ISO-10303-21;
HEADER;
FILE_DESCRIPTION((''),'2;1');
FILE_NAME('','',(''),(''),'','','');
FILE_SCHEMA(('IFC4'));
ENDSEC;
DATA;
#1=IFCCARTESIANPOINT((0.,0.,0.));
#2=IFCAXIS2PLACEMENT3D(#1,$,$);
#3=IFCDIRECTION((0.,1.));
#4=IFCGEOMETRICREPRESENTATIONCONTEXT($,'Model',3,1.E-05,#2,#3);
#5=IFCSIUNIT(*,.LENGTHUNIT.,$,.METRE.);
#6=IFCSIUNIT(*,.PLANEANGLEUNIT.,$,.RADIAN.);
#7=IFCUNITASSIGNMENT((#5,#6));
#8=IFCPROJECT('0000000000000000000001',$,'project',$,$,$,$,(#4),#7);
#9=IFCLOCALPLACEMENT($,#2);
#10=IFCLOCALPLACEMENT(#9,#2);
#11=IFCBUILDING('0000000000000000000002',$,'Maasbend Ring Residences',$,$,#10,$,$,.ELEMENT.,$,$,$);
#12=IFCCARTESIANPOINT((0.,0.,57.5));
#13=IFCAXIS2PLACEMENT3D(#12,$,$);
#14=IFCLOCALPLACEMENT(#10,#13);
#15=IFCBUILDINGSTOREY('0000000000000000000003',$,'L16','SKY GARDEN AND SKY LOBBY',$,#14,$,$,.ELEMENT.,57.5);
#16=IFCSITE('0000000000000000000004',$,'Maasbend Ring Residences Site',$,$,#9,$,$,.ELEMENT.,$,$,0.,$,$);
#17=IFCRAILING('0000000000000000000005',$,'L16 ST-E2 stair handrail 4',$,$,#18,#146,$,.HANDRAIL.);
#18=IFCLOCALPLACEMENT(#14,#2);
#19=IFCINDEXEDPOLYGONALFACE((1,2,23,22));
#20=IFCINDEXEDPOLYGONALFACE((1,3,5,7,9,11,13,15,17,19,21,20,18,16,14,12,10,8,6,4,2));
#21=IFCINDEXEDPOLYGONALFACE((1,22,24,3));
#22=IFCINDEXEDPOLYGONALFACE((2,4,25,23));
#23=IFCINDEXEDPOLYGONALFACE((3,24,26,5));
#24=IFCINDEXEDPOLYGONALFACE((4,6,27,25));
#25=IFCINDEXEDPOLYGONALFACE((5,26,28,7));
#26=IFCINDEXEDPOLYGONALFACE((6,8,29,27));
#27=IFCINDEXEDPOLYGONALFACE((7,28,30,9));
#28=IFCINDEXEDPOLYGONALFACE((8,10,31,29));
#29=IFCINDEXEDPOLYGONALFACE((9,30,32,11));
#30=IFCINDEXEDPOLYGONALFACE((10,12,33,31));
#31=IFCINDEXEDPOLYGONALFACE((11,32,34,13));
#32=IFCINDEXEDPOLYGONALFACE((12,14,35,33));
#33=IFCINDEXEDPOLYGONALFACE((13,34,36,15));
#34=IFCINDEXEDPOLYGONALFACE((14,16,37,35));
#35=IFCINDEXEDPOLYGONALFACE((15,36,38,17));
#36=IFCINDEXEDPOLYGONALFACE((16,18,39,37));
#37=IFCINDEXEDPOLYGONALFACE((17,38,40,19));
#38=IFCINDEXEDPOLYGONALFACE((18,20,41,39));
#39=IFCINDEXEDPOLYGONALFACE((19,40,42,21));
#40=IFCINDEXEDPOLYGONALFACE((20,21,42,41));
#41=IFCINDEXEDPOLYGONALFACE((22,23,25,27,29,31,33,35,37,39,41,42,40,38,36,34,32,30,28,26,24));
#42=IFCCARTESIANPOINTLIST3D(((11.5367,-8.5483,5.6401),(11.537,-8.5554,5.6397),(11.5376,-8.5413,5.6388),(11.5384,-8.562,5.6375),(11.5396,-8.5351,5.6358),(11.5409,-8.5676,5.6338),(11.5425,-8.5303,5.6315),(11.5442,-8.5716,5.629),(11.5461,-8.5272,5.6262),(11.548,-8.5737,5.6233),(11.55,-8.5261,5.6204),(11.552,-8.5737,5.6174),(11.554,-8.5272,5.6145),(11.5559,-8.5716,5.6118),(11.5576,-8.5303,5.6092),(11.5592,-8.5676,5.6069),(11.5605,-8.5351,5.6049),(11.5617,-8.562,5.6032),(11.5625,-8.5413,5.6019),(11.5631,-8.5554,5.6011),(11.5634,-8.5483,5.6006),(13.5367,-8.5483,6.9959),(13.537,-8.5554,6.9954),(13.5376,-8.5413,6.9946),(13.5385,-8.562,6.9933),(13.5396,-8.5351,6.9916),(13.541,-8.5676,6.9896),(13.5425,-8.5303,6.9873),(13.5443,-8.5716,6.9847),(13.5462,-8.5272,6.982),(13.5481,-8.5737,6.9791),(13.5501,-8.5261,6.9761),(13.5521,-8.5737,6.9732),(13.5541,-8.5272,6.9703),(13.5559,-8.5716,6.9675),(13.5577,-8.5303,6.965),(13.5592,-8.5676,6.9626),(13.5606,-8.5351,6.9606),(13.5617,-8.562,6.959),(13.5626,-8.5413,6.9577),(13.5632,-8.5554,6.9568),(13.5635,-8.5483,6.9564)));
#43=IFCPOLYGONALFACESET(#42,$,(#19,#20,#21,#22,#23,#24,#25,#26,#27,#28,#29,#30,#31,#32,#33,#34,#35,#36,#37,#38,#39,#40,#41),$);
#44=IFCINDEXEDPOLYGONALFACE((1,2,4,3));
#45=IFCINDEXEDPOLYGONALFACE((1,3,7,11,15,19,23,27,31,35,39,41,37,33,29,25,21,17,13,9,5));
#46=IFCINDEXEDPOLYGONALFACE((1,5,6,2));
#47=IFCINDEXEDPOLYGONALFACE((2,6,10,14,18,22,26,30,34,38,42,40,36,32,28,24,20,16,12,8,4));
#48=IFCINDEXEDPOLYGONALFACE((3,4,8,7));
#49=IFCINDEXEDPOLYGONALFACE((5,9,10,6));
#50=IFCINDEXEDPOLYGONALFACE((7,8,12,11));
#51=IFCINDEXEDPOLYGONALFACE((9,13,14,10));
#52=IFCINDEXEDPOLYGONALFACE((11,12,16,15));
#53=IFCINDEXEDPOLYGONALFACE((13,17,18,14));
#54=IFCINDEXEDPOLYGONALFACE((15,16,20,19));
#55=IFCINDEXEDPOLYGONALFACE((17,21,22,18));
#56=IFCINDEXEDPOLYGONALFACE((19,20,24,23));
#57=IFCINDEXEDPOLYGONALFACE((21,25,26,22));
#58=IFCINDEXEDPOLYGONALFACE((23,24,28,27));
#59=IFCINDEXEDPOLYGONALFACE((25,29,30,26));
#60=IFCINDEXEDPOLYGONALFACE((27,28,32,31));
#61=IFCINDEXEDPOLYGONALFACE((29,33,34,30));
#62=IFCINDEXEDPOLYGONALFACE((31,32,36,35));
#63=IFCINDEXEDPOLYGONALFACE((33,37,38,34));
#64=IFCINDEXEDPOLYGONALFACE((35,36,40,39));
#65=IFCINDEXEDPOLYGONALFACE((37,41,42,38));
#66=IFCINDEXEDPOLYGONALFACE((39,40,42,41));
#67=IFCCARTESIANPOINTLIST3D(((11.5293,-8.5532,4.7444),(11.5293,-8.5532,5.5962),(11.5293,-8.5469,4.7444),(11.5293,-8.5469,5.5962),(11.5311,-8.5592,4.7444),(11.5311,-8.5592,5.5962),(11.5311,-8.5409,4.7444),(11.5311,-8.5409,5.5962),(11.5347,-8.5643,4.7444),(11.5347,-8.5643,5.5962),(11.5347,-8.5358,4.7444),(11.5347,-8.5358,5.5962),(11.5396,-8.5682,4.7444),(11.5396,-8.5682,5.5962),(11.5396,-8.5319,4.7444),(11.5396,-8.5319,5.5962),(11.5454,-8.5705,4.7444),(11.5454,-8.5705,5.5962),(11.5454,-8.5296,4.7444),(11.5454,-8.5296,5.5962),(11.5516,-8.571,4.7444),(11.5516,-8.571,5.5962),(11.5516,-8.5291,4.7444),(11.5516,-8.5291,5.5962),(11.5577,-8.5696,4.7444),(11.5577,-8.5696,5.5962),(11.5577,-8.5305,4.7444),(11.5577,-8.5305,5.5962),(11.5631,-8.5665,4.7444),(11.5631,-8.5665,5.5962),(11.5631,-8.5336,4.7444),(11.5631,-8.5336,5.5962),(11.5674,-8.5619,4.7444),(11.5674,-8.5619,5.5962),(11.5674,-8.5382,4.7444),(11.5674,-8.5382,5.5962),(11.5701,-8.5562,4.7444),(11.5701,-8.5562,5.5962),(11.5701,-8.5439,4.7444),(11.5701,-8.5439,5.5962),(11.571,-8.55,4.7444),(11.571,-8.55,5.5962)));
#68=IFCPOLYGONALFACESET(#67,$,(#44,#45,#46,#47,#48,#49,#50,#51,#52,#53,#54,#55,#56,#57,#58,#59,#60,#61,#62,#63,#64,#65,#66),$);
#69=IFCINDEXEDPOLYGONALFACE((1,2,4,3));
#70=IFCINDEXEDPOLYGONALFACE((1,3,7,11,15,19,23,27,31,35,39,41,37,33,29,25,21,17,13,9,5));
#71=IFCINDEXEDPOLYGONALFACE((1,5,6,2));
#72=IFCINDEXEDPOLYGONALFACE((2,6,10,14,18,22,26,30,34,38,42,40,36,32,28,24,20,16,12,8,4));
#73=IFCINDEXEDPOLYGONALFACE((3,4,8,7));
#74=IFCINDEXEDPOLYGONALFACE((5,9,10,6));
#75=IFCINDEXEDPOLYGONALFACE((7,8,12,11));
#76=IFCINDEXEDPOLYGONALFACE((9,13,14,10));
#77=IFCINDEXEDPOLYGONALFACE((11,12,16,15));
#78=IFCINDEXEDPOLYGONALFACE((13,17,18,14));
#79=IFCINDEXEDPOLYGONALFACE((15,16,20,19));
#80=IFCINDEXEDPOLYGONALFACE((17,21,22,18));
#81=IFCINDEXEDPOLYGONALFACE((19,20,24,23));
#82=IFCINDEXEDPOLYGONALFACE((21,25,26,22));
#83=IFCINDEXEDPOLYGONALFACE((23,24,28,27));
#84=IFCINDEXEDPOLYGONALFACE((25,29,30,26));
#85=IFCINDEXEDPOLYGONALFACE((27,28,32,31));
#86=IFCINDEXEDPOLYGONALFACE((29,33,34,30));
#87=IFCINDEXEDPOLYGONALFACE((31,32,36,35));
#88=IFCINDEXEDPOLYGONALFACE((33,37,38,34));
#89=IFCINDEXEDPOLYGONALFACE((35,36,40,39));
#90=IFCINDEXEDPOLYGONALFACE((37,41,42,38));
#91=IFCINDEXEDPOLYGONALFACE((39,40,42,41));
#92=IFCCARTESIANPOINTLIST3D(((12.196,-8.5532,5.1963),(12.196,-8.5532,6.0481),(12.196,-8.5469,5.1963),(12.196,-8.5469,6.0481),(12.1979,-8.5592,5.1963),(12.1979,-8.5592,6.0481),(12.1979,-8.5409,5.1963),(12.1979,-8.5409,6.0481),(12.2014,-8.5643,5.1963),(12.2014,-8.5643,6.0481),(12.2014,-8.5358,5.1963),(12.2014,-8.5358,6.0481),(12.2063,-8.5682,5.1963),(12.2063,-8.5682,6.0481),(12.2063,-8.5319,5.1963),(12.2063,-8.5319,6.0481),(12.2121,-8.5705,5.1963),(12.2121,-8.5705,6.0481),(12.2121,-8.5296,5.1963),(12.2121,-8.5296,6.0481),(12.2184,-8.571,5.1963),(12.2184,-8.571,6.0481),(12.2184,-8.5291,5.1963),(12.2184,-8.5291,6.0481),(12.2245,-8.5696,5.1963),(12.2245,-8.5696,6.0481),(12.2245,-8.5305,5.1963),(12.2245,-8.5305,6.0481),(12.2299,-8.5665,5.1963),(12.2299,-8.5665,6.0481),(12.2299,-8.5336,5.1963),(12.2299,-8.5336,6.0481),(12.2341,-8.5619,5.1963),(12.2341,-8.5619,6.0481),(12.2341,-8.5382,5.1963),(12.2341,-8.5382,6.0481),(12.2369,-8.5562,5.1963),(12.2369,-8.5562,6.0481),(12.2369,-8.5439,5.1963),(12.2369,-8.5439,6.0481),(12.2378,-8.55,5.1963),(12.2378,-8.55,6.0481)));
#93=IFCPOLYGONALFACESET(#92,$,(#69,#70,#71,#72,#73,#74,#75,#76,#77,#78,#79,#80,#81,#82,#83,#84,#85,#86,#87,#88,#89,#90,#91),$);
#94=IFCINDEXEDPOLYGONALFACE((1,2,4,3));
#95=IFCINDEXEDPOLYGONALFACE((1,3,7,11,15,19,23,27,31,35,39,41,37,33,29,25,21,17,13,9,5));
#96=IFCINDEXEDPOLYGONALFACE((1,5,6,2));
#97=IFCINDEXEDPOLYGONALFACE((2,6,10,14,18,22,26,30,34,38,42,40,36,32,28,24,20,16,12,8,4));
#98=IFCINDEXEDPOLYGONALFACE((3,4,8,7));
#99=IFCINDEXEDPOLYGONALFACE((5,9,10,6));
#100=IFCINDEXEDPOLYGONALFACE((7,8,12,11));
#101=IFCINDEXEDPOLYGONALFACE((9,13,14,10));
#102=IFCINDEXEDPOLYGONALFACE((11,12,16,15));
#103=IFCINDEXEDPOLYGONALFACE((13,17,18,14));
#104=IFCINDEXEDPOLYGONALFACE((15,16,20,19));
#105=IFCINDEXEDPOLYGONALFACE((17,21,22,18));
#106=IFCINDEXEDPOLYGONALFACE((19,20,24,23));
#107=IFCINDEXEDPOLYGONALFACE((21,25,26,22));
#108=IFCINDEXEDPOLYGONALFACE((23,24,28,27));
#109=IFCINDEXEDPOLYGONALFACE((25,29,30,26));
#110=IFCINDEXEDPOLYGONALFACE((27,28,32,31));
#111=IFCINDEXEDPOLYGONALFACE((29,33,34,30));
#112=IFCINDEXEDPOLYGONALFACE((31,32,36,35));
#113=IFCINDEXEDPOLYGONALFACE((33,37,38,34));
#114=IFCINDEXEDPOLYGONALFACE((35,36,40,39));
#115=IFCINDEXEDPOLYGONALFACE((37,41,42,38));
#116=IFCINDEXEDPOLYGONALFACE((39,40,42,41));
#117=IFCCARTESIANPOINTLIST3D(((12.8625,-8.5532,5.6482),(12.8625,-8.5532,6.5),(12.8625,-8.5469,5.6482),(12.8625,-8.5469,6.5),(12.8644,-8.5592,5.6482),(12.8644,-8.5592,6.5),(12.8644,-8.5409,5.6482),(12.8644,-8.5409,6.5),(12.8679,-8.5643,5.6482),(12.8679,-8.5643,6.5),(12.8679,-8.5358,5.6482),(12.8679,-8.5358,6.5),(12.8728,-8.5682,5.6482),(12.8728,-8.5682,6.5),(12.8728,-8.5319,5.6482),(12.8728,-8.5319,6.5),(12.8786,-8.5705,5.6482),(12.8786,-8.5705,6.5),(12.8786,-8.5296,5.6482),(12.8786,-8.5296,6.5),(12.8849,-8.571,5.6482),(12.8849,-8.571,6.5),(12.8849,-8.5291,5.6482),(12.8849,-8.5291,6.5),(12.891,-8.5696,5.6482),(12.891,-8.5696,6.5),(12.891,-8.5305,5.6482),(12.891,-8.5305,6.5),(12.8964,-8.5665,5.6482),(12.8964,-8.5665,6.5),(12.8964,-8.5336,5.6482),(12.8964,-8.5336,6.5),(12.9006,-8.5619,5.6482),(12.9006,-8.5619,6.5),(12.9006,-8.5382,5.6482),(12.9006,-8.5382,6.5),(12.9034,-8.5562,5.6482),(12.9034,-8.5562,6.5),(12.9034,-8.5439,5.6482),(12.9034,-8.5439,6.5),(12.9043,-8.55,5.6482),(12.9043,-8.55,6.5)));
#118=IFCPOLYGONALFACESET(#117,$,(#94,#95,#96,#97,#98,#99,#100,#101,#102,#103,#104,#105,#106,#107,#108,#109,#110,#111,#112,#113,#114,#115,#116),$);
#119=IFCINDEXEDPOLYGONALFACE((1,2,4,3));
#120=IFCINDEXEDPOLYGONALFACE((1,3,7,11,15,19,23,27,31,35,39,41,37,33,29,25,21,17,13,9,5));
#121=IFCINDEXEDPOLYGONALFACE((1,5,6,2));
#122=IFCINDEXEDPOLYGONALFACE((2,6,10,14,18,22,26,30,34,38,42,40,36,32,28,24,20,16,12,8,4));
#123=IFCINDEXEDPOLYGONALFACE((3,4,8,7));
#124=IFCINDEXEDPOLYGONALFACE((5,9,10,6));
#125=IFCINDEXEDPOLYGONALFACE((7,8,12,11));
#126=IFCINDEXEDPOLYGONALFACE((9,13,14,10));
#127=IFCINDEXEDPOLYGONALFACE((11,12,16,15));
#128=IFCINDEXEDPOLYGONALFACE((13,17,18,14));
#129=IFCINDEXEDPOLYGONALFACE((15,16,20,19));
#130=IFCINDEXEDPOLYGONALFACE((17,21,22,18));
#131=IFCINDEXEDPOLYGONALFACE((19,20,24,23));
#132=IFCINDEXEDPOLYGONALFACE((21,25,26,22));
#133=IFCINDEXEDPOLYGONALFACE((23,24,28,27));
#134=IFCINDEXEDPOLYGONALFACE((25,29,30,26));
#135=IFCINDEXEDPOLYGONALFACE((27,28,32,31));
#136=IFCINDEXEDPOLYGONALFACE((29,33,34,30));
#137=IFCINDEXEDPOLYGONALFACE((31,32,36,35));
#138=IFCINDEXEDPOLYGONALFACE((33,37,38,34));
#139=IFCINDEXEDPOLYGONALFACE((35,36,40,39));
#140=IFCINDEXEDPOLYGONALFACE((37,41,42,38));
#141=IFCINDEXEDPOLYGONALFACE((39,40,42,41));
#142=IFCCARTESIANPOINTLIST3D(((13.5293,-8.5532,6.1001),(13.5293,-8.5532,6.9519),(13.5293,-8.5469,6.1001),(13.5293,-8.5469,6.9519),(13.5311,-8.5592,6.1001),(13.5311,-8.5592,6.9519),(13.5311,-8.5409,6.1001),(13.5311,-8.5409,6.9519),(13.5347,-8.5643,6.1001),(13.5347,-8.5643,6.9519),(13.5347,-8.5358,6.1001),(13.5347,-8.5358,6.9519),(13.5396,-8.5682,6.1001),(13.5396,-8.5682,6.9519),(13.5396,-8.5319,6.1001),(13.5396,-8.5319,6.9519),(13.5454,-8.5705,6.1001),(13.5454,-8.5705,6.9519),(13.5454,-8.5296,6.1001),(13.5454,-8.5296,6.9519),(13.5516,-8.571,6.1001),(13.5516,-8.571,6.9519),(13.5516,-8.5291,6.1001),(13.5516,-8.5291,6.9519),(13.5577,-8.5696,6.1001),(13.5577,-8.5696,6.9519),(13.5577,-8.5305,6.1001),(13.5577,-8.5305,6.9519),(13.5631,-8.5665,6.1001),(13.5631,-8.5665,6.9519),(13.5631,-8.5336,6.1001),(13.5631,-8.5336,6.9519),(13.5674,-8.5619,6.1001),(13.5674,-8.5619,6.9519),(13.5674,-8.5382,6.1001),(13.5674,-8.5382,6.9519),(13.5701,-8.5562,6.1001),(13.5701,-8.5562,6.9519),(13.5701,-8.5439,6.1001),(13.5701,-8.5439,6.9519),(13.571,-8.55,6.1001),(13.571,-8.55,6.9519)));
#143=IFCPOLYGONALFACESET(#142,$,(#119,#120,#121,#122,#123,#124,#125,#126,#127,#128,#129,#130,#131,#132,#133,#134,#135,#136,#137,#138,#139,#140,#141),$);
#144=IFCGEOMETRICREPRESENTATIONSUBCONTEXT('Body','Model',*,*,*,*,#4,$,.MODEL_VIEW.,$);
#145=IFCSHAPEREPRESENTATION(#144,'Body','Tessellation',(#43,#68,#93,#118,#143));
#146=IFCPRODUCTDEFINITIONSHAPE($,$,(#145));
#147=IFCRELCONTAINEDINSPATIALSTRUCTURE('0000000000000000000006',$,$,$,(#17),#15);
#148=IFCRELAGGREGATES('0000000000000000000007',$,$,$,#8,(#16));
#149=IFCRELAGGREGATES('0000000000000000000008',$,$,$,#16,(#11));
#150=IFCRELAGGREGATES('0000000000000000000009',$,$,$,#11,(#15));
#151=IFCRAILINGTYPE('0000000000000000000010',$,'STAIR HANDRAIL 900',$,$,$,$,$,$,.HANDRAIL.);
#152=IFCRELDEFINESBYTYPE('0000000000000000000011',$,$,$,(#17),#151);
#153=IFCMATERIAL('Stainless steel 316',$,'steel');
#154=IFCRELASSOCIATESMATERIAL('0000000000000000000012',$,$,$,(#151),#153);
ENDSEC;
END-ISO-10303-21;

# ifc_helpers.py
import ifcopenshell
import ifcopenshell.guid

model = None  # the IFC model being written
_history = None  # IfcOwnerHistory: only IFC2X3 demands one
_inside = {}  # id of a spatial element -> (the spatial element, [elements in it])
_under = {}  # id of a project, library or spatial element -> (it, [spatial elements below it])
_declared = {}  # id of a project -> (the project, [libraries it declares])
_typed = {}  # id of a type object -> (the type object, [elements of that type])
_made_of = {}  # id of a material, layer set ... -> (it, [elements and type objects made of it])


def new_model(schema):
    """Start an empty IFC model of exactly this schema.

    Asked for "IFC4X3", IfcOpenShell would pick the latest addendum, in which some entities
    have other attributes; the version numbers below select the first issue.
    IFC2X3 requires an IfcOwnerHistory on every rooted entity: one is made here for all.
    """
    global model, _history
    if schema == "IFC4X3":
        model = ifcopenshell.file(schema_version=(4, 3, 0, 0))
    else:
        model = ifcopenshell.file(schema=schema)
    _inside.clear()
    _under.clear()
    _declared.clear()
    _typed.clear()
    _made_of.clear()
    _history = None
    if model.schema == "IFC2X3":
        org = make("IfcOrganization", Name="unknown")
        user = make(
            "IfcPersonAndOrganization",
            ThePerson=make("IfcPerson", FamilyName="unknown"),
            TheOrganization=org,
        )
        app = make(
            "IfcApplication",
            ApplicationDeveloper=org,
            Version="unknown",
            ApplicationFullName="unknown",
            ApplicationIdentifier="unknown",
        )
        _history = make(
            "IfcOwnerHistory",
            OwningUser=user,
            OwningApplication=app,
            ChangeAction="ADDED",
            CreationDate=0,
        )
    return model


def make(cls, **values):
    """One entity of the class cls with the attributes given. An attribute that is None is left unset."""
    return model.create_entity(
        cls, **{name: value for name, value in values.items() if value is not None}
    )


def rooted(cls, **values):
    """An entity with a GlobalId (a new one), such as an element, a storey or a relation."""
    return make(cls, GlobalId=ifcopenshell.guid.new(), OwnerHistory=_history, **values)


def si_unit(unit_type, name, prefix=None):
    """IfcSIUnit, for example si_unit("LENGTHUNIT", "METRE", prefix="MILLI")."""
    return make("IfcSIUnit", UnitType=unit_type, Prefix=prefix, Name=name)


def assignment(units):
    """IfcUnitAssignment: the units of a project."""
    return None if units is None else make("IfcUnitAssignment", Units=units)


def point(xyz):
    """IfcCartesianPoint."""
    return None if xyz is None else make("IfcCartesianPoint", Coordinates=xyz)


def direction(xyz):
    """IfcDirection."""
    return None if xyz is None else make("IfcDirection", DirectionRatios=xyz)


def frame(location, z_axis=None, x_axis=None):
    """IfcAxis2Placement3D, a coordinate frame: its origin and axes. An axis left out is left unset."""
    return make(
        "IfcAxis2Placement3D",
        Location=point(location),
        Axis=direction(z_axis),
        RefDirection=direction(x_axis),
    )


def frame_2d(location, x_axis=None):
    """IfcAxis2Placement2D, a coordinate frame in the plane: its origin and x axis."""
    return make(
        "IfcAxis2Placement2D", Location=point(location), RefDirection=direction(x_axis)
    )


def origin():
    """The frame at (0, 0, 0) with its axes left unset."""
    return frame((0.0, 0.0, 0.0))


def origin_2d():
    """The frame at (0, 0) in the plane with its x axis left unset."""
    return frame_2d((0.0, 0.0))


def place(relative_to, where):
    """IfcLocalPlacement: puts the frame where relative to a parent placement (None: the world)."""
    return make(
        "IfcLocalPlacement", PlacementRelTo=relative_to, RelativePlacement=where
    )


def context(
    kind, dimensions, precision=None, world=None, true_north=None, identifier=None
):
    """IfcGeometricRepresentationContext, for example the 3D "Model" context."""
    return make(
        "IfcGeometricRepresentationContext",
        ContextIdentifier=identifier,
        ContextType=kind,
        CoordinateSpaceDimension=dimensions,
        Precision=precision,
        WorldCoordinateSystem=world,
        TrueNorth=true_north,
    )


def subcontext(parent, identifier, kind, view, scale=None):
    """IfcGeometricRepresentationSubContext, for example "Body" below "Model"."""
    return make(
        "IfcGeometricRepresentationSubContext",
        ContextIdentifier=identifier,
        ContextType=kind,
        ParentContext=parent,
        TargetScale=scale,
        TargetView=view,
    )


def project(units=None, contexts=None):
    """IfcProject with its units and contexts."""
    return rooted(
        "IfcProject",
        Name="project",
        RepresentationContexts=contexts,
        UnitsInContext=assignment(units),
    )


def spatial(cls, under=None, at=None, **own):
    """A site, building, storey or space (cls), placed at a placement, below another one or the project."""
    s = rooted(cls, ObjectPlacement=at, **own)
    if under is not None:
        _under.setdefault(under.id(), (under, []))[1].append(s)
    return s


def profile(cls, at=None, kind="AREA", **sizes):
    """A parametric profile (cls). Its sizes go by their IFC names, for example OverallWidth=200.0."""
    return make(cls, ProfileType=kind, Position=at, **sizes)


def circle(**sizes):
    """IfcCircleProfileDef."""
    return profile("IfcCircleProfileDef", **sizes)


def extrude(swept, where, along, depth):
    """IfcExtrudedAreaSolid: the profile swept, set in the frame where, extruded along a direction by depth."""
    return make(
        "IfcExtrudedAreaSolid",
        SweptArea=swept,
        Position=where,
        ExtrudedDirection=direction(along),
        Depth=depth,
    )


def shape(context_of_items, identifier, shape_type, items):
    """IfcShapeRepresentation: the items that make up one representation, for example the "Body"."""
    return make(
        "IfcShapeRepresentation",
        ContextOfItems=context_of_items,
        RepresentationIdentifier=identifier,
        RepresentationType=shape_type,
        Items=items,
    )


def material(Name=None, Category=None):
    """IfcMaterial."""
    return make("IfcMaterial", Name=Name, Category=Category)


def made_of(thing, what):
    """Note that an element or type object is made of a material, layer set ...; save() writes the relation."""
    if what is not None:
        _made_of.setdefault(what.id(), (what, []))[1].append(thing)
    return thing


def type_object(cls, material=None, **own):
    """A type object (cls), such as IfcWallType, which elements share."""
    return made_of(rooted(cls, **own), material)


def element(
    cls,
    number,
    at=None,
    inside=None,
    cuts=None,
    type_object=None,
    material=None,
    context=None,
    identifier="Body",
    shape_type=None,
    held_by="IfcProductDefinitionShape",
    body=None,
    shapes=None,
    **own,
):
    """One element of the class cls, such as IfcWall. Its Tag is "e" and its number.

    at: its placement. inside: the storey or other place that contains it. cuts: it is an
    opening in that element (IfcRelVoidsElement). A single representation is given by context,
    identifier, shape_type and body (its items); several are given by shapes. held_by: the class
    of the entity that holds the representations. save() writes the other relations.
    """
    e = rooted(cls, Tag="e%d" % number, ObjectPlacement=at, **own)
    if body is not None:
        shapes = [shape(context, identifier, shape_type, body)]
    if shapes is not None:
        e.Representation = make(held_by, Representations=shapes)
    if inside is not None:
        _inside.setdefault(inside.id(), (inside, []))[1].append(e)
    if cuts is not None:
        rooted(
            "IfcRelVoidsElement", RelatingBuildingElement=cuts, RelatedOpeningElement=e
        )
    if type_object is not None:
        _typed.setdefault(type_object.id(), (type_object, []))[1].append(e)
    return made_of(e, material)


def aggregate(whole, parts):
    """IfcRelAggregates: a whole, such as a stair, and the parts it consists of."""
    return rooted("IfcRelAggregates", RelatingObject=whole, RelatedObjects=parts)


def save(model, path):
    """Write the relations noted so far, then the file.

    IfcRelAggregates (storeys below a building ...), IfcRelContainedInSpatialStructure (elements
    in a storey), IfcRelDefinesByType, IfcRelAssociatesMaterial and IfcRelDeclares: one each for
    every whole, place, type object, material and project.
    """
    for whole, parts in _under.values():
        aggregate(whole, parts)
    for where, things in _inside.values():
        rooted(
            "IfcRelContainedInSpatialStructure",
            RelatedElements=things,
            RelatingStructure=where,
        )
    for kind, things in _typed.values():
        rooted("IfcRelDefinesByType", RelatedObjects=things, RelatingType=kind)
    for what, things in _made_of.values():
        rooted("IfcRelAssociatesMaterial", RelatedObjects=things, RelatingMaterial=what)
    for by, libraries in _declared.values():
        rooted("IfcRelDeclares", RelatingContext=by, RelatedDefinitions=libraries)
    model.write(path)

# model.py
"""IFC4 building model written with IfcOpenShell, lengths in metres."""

from ifc_helpers import new_model, si_unit, direction, frame, origin, origin_2d, place, context, subcontext, project, spatial, circle, extrude, material, type_object, element, save


model = new_model("IFC4")

# Units and contexts
model_context = context("Model", 3, precision=1e-05, world=origin(), true_north=direction((0.0, 1.0)))
body_context = subcontext(model_context, "Body", "Model", "MODEL_VIEW")
ifc_project = project(units=[si_unit("LENGTHUNIT", "METRE"), si_unit("PLANEANGLEUNIT", "RADIAN")], contexts=[model_context])

# Site, building, storey
site_placement = place(None, origin())
site = spatial("IfcSite", under=ifc_project, at=site_placement, Name="Maasbend Ring Residences Site", CompositionType="ELEMENT", RefElevation=0.0)
building_placement = place(site_placement, origin())
building = spatial("IfcBuilding", under=site, at=building_placement, Name="Maasbend Ring Residences", CompositionType="ELEMENT")
storey_placement = place(building_placement, frame((0.0, 0.0, 57.5)))
storey = spatial("IfcBuildingStorey", under=building, at=storey_placement, Name="L16", Description="SKY GARDEN AND SKY LOBBY", CompositionType="ELEMENT", Elevation=57.5)

# Railing
ifc_material_1 = material(Name="Stainless steel 316", Category="steel")
railing_type_1 = type_object("IfcRailingType", Name="STAIR HANDRAIL 900", PredefinedType="HANDRAIL", material=ifc_material_1)
railing_1_placement = place(storey_placement, frame((11.55, -8.55, 4.7444)))
element("IfcRailing", 1, at=railing_1_placement, inside=storey, type_object=railing_type_1, Name="L16 ST-E2 stair handrail 4", PredefinedType="HANDRAIL", context=body_context, shape_type="SweptSolid", body=[
    extrude(circle(Radius=0.0239, at=origin_2d()), frame((0.0, 0.0, 0.876), z_axis=(0.827751, 0.0, 0.561096), x_axis=(0.0, 1.0, 0.0)), (0.0, 0.0, 1.0), 2.4163),
    extrude(circle(Radius=0.021, at=origin_2d()), origin(), (0.0, 0.0, 1.0), 0.8518),
    extrude(circle(Radius=0.021, at=origin_2d()), frame((0.6667, 0.0, 0.4519)), (0.0, 0.0, 1.0), 0.8518),
    extrude(circle(Radius=0.021, at=origin_2d()), frame((1.3333, 0.0, 0.9038)), (0.0, 0.0, 1.0), 0.8518),
    extrude(circle(Radius=0.021, at=origin_2d()), frame((2.0, 0.0, 1.3557)), (0.0, 0.0, 1.0), 0.8518),
])

save(model, "model.ifc")
